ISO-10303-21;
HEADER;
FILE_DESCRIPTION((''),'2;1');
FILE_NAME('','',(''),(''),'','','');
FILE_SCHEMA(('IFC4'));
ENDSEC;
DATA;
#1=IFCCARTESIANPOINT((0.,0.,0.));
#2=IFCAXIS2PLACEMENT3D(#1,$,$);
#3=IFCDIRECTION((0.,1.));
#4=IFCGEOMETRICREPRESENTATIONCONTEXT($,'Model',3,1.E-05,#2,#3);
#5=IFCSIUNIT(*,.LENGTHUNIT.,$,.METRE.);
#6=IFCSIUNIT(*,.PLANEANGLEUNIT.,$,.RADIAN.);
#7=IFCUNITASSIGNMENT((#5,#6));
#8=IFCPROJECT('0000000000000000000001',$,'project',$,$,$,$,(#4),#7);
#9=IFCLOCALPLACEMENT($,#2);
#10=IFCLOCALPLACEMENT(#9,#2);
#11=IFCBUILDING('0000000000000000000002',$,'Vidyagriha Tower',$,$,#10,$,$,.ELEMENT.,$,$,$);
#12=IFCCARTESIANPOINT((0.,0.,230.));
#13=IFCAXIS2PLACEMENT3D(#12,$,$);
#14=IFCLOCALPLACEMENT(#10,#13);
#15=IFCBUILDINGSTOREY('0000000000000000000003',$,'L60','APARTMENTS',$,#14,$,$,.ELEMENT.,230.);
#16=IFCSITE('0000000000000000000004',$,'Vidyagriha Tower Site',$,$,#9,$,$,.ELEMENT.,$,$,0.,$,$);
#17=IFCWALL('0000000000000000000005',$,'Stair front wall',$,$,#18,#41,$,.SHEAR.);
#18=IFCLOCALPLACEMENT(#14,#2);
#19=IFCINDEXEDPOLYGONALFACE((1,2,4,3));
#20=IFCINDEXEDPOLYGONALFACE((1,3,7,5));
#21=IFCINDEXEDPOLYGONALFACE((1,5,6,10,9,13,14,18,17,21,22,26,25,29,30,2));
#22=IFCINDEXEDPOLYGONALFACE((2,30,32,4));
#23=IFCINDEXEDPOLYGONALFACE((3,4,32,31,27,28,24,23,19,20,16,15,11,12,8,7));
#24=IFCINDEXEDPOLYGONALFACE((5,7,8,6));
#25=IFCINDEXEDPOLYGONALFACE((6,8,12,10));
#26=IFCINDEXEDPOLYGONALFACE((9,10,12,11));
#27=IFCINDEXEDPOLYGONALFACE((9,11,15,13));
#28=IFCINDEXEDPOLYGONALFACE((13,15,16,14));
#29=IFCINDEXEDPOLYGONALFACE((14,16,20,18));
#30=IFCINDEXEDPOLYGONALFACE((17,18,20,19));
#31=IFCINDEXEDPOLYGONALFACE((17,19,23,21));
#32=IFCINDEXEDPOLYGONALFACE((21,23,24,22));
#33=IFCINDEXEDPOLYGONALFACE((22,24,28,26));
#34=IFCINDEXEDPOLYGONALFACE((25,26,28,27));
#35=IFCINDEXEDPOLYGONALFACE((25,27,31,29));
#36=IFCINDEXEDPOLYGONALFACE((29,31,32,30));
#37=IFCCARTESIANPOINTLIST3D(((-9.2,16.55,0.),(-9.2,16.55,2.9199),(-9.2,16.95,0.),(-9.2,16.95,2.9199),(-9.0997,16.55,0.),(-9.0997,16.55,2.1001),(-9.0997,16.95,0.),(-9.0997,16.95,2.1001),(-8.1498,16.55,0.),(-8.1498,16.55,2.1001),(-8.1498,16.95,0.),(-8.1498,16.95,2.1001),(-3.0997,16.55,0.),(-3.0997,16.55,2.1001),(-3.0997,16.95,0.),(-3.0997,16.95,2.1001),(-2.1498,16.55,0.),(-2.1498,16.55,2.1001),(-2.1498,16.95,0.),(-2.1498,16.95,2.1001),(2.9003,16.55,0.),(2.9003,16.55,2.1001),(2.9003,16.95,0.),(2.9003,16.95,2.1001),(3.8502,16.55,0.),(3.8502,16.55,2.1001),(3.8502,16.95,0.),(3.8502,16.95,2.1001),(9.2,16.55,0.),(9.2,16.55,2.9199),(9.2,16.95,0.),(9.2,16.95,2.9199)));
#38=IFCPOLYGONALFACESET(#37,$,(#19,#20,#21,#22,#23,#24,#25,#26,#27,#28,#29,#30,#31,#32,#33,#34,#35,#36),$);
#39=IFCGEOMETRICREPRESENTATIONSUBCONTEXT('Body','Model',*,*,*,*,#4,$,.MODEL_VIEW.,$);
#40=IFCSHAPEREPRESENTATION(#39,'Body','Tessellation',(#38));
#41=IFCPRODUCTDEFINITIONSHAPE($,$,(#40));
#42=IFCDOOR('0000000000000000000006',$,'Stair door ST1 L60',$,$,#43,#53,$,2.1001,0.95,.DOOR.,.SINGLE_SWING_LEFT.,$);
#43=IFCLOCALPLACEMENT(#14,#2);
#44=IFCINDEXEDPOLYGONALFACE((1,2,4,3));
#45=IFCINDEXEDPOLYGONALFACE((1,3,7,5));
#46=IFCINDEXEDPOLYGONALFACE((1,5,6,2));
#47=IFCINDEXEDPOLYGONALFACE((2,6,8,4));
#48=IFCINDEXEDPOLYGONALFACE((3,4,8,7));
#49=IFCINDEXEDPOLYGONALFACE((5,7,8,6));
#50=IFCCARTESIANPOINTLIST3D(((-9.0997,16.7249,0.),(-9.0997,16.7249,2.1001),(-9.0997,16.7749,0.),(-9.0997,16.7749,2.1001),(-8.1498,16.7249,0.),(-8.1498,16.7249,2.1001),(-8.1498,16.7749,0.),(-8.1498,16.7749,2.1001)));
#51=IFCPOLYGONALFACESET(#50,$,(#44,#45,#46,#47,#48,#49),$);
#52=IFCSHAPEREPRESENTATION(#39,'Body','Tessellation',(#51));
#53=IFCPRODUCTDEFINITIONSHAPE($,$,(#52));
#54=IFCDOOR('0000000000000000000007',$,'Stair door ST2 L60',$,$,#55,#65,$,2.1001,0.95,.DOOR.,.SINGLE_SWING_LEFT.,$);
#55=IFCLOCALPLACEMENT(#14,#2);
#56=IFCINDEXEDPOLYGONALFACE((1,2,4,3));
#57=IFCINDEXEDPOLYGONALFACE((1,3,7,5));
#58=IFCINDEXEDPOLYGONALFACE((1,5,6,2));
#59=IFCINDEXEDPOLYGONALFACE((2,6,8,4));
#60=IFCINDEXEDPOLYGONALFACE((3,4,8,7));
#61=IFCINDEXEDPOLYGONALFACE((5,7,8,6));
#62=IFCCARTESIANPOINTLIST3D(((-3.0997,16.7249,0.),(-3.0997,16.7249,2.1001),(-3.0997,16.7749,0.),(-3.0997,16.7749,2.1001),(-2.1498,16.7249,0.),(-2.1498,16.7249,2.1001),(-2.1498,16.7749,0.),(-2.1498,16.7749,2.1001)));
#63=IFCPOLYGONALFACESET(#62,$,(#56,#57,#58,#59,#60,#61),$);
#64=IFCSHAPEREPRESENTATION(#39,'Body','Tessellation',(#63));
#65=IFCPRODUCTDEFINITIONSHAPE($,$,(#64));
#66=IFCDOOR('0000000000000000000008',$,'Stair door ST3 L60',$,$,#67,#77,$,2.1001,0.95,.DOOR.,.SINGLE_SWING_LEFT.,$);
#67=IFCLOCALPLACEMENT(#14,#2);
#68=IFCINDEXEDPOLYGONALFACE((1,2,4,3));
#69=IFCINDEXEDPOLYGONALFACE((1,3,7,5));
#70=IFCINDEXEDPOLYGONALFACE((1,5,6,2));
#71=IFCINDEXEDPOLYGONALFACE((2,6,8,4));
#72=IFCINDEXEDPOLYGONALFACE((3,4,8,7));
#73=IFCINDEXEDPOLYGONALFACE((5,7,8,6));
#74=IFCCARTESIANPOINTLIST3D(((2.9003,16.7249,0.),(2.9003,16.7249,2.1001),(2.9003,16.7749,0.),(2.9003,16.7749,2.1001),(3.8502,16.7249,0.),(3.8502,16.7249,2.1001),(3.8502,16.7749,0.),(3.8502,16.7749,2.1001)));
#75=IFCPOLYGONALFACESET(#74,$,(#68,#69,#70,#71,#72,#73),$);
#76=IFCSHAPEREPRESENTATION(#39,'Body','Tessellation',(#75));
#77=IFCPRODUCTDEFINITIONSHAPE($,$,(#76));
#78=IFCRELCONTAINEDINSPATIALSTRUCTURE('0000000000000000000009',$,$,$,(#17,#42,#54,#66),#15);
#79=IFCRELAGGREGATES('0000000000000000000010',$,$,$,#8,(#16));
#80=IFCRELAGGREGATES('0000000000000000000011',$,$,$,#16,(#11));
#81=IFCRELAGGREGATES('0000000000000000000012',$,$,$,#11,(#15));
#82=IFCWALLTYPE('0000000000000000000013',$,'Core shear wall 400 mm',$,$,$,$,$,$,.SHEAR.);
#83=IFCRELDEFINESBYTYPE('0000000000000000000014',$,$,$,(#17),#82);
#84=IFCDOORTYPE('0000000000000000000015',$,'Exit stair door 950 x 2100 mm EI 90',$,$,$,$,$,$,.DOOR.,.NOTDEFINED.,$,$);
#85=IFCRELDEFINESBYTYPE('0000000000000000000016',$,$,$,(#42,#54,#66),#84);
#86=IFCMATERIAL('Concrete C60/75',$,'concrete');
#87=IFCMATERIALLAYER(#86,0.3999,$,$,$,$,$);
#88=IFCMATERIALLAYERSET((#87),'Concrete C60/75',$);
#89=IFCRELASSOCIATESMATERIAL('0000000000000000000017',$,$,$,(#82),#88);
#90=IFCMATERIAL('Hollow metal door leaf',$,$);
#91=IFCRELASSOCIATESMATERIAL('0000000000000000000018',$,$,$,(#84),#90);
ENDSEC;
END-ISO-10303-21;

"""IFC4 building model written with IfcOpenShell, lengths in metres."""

from ifc_helpers import new_model, si_unit, direction, frame, frame_2d, origin, place, context, subcontext, project, spatial, rectangle, extrude, material, layer, layer_set, type_object, element, fill, save


model = new_model("IFC4")

# Units and contexts
model_context = context("Model", 3, precision=1e-05, world=origin(), true_north=direction((0.0, 1.0)))
body_context = subcontext(model_context, "Body", "Model", "MODEL_VIEW")
ifc_project = project(units=[si_unit("LENGTHUNIT", "METRE"), si_unit("PLANEANGLEUNIT", "RADIAN")], contexts=[model_context])

# Site, building, storey
site_placement = place(None, origin())
site = spatial("IfcSite", under=ifc_project, at=site_placement, Name="Vidyagriha Tower Site", CompositionType="ELEMENT", RefElevation=0.0)
building_placement = place(site_placement, origin())
building = spatial("IfcBuilding", under=site, at=building_placement, Name="Vidyagriha Tower", CompositionType="ELEMENT")
storey_placement = place(building_placement, frame((0.0, 0.0, 230.0)))
storey = spatial("IfcBuildingStorey", under=building, at=storey_placement, Name="L60", Description="APARTMENTS", CompositionType="ELEMENT", Elevation=230.0)

# Shared definitions
ifc_material_1 = material(Name="Concrete C60/75", Category="concrete")
ifc_layer_1 = layer(ifc_material_1, 0.3999)
ifc_layer_set_1 = layer_set([ifc_layer_1], Name="Concrete C60/75")
wall_type = type_object("IfcWallType", Name="Core shear wall 400 mm", PredefinedType="SHEAR", material=ifc_layer_set_1)

# Wall, openings, doors
wall_1_placement = place(storey_placement, frame((-9.2, 16.75, 0.0)))
wall_1 = element("IfcWall", 1, at=wall_1_placement, inside=storey, type_object=wall_type, Name="Stair front wall", PredefinedType="SHEAR", context=body_context, shape_type="SweptSolid", body=[
    extrude(rectangle(XDim=18.3999, YDim=0.3999, at=frame_2d((9.2, 0.0))), origin(), (0.0, 0.0, 1.0), 2.9199),
])
opening_1_placement = place(wall_1_placement, frame((0.1001, 0.0, 0.0)))
opening_1 = element("IfcOpeningElement", 2, at=opening_1_placement, cuts=wall_1, PredefinedType="OPENING", context=body_context, shape_type="SweptSolid", body=[
    extrude(rectangle(XDim=0.95, YDim=2.1001, at=frame_2d((0.4751, 1.05))), frame((0.0, 0.21, 0.0), z_axis=(0.0, -1.0, 0.0), x_axis=(1.0, 0.0, 0.0)), (0.0, 0.0, 1.0), 0.4199),
])
opening_2_placement = place(wall_1_placement, frame((6.1001, 0.0, 0.0)))
opening_2 = element("IfcOpeningElement", 3, at=opening_2_placement, cuts=wall_1, PredefinedType="OPENING", context=body_context, shape_type="SweptSolid", body=[
    extrude(rectangle(XDim=0.95, YDim=2.1001, at=frame_2d((0.4751, 1.05))), frame((0.0, 0.21, 0.0), z_axis=(0.0, -1.0, 0.0), x_axis=(1.0, 0.0, 0.0)), (0.0, 0.0, 1.0), 0.4199),
])
opening_3_placement = place(wall_1_placement, frame((12.1001, 0.0, 0.0)))
opening_3 = element("IfcOpeningElement", 4, at=opening_3_placement, cuts=wall_1, PredefinedType="OPENING", context=body_context, shape_type="SweptSolid", body=[
    extrude(rectangle(XDim=0.95, YDim=2.1001, at=frame_2d((0.4751, 1.05))), frame((0.0, 0.21, 0.0), z_axis=(0.0, -1.0, 0.0), x_axis=(1.0, 0.0, 0.0)), (0.0, 0.0, 1.0), 0.4199),
])
ifc_material_2 = material(Name="Hollow metal door leaf")
door_type = type_object("IfcDoorType", Name="Exit stair door 950 x 2100 mm EI 90", OperationType="NOTDEFINED", PredefinedType="DOOR", material=ifc_material_2)
door_1_placement = place(opening_1_placement, origin())
door_1 = element("IfcDoor", 5, at=door_1_placement, inside=storey, type_object=door_type, Name="Stair door ST1 L60", OperationType="SINGLE_SWING_LEFT", OverallHeight=2.1001, OverallWidth=0.95, PredefinedType="DOOR", context=body_context, shape_type="SweptSolid", body=[
    extrude(rectangle(XDim=0.95, YDim=2.1001, at=frame_2d((0.4751, 1.05))), frame((0.0, 0.0249, 0.0), z_axis=(0.0, -1.0, 0.0), x_axis=(1.0, 0.0, 0.0)), (0.0, 0.0, 1.0), 0.05),
])
fill(opening_1, door_1)
door_2_placement = place(opening_2_placement, origin())
door_2 = element("IfcDoor", 6, at=door_2_placement, inside=storey, type_object=door_type, Name="Stair door ST2 L60", OperationType="SINGLE_SWING_LEFT", OverallHeight=2.1001, OverallWidth=0.95, PredefinedType="DOOR", context=body_context, shape_type="SweptSolid", body=[
    extrude(rectangle(XDim=0.95, YDim=2.1001, at=frame_2d((0.4751, 1.05))), frame((0.0, 0.0249, 0.0), z_axis=(0.0, -1.0, 0.0), x_axis=(1.0, 0.0, 0.0)), (0.0, 0.0, 1.0), 0.05),
])
fill(opening_2, door_2)
door_3_placement = place(opening_3_placement, origin())
door_3 = element("IfcDoor", 7, at=door_3_placement, inside=storey, type_object=door_type, Name="Stair door ST3 L60", OperationType="SINGLE_SWING_LEFT", OverallHeight=2.1001, OverallWidth=0.95, PredefinedType="DOOR", context=body_context, shape_type="SweptSolid", body=[
    extrude(rectangle(XDim=0.95, YDim=2.1001, at=frame_2d((0.4751, 1.05))), frame((0.0, 0.0249, 0.0), z_axis=(0.0, -1.0, 0.0), x_axis=(1.0, 0.0, 0.0)), (0.0, 0.0, 1.0), 0.05),
])
fill(opening_3, door_3)

save(model, "model.ifc")
